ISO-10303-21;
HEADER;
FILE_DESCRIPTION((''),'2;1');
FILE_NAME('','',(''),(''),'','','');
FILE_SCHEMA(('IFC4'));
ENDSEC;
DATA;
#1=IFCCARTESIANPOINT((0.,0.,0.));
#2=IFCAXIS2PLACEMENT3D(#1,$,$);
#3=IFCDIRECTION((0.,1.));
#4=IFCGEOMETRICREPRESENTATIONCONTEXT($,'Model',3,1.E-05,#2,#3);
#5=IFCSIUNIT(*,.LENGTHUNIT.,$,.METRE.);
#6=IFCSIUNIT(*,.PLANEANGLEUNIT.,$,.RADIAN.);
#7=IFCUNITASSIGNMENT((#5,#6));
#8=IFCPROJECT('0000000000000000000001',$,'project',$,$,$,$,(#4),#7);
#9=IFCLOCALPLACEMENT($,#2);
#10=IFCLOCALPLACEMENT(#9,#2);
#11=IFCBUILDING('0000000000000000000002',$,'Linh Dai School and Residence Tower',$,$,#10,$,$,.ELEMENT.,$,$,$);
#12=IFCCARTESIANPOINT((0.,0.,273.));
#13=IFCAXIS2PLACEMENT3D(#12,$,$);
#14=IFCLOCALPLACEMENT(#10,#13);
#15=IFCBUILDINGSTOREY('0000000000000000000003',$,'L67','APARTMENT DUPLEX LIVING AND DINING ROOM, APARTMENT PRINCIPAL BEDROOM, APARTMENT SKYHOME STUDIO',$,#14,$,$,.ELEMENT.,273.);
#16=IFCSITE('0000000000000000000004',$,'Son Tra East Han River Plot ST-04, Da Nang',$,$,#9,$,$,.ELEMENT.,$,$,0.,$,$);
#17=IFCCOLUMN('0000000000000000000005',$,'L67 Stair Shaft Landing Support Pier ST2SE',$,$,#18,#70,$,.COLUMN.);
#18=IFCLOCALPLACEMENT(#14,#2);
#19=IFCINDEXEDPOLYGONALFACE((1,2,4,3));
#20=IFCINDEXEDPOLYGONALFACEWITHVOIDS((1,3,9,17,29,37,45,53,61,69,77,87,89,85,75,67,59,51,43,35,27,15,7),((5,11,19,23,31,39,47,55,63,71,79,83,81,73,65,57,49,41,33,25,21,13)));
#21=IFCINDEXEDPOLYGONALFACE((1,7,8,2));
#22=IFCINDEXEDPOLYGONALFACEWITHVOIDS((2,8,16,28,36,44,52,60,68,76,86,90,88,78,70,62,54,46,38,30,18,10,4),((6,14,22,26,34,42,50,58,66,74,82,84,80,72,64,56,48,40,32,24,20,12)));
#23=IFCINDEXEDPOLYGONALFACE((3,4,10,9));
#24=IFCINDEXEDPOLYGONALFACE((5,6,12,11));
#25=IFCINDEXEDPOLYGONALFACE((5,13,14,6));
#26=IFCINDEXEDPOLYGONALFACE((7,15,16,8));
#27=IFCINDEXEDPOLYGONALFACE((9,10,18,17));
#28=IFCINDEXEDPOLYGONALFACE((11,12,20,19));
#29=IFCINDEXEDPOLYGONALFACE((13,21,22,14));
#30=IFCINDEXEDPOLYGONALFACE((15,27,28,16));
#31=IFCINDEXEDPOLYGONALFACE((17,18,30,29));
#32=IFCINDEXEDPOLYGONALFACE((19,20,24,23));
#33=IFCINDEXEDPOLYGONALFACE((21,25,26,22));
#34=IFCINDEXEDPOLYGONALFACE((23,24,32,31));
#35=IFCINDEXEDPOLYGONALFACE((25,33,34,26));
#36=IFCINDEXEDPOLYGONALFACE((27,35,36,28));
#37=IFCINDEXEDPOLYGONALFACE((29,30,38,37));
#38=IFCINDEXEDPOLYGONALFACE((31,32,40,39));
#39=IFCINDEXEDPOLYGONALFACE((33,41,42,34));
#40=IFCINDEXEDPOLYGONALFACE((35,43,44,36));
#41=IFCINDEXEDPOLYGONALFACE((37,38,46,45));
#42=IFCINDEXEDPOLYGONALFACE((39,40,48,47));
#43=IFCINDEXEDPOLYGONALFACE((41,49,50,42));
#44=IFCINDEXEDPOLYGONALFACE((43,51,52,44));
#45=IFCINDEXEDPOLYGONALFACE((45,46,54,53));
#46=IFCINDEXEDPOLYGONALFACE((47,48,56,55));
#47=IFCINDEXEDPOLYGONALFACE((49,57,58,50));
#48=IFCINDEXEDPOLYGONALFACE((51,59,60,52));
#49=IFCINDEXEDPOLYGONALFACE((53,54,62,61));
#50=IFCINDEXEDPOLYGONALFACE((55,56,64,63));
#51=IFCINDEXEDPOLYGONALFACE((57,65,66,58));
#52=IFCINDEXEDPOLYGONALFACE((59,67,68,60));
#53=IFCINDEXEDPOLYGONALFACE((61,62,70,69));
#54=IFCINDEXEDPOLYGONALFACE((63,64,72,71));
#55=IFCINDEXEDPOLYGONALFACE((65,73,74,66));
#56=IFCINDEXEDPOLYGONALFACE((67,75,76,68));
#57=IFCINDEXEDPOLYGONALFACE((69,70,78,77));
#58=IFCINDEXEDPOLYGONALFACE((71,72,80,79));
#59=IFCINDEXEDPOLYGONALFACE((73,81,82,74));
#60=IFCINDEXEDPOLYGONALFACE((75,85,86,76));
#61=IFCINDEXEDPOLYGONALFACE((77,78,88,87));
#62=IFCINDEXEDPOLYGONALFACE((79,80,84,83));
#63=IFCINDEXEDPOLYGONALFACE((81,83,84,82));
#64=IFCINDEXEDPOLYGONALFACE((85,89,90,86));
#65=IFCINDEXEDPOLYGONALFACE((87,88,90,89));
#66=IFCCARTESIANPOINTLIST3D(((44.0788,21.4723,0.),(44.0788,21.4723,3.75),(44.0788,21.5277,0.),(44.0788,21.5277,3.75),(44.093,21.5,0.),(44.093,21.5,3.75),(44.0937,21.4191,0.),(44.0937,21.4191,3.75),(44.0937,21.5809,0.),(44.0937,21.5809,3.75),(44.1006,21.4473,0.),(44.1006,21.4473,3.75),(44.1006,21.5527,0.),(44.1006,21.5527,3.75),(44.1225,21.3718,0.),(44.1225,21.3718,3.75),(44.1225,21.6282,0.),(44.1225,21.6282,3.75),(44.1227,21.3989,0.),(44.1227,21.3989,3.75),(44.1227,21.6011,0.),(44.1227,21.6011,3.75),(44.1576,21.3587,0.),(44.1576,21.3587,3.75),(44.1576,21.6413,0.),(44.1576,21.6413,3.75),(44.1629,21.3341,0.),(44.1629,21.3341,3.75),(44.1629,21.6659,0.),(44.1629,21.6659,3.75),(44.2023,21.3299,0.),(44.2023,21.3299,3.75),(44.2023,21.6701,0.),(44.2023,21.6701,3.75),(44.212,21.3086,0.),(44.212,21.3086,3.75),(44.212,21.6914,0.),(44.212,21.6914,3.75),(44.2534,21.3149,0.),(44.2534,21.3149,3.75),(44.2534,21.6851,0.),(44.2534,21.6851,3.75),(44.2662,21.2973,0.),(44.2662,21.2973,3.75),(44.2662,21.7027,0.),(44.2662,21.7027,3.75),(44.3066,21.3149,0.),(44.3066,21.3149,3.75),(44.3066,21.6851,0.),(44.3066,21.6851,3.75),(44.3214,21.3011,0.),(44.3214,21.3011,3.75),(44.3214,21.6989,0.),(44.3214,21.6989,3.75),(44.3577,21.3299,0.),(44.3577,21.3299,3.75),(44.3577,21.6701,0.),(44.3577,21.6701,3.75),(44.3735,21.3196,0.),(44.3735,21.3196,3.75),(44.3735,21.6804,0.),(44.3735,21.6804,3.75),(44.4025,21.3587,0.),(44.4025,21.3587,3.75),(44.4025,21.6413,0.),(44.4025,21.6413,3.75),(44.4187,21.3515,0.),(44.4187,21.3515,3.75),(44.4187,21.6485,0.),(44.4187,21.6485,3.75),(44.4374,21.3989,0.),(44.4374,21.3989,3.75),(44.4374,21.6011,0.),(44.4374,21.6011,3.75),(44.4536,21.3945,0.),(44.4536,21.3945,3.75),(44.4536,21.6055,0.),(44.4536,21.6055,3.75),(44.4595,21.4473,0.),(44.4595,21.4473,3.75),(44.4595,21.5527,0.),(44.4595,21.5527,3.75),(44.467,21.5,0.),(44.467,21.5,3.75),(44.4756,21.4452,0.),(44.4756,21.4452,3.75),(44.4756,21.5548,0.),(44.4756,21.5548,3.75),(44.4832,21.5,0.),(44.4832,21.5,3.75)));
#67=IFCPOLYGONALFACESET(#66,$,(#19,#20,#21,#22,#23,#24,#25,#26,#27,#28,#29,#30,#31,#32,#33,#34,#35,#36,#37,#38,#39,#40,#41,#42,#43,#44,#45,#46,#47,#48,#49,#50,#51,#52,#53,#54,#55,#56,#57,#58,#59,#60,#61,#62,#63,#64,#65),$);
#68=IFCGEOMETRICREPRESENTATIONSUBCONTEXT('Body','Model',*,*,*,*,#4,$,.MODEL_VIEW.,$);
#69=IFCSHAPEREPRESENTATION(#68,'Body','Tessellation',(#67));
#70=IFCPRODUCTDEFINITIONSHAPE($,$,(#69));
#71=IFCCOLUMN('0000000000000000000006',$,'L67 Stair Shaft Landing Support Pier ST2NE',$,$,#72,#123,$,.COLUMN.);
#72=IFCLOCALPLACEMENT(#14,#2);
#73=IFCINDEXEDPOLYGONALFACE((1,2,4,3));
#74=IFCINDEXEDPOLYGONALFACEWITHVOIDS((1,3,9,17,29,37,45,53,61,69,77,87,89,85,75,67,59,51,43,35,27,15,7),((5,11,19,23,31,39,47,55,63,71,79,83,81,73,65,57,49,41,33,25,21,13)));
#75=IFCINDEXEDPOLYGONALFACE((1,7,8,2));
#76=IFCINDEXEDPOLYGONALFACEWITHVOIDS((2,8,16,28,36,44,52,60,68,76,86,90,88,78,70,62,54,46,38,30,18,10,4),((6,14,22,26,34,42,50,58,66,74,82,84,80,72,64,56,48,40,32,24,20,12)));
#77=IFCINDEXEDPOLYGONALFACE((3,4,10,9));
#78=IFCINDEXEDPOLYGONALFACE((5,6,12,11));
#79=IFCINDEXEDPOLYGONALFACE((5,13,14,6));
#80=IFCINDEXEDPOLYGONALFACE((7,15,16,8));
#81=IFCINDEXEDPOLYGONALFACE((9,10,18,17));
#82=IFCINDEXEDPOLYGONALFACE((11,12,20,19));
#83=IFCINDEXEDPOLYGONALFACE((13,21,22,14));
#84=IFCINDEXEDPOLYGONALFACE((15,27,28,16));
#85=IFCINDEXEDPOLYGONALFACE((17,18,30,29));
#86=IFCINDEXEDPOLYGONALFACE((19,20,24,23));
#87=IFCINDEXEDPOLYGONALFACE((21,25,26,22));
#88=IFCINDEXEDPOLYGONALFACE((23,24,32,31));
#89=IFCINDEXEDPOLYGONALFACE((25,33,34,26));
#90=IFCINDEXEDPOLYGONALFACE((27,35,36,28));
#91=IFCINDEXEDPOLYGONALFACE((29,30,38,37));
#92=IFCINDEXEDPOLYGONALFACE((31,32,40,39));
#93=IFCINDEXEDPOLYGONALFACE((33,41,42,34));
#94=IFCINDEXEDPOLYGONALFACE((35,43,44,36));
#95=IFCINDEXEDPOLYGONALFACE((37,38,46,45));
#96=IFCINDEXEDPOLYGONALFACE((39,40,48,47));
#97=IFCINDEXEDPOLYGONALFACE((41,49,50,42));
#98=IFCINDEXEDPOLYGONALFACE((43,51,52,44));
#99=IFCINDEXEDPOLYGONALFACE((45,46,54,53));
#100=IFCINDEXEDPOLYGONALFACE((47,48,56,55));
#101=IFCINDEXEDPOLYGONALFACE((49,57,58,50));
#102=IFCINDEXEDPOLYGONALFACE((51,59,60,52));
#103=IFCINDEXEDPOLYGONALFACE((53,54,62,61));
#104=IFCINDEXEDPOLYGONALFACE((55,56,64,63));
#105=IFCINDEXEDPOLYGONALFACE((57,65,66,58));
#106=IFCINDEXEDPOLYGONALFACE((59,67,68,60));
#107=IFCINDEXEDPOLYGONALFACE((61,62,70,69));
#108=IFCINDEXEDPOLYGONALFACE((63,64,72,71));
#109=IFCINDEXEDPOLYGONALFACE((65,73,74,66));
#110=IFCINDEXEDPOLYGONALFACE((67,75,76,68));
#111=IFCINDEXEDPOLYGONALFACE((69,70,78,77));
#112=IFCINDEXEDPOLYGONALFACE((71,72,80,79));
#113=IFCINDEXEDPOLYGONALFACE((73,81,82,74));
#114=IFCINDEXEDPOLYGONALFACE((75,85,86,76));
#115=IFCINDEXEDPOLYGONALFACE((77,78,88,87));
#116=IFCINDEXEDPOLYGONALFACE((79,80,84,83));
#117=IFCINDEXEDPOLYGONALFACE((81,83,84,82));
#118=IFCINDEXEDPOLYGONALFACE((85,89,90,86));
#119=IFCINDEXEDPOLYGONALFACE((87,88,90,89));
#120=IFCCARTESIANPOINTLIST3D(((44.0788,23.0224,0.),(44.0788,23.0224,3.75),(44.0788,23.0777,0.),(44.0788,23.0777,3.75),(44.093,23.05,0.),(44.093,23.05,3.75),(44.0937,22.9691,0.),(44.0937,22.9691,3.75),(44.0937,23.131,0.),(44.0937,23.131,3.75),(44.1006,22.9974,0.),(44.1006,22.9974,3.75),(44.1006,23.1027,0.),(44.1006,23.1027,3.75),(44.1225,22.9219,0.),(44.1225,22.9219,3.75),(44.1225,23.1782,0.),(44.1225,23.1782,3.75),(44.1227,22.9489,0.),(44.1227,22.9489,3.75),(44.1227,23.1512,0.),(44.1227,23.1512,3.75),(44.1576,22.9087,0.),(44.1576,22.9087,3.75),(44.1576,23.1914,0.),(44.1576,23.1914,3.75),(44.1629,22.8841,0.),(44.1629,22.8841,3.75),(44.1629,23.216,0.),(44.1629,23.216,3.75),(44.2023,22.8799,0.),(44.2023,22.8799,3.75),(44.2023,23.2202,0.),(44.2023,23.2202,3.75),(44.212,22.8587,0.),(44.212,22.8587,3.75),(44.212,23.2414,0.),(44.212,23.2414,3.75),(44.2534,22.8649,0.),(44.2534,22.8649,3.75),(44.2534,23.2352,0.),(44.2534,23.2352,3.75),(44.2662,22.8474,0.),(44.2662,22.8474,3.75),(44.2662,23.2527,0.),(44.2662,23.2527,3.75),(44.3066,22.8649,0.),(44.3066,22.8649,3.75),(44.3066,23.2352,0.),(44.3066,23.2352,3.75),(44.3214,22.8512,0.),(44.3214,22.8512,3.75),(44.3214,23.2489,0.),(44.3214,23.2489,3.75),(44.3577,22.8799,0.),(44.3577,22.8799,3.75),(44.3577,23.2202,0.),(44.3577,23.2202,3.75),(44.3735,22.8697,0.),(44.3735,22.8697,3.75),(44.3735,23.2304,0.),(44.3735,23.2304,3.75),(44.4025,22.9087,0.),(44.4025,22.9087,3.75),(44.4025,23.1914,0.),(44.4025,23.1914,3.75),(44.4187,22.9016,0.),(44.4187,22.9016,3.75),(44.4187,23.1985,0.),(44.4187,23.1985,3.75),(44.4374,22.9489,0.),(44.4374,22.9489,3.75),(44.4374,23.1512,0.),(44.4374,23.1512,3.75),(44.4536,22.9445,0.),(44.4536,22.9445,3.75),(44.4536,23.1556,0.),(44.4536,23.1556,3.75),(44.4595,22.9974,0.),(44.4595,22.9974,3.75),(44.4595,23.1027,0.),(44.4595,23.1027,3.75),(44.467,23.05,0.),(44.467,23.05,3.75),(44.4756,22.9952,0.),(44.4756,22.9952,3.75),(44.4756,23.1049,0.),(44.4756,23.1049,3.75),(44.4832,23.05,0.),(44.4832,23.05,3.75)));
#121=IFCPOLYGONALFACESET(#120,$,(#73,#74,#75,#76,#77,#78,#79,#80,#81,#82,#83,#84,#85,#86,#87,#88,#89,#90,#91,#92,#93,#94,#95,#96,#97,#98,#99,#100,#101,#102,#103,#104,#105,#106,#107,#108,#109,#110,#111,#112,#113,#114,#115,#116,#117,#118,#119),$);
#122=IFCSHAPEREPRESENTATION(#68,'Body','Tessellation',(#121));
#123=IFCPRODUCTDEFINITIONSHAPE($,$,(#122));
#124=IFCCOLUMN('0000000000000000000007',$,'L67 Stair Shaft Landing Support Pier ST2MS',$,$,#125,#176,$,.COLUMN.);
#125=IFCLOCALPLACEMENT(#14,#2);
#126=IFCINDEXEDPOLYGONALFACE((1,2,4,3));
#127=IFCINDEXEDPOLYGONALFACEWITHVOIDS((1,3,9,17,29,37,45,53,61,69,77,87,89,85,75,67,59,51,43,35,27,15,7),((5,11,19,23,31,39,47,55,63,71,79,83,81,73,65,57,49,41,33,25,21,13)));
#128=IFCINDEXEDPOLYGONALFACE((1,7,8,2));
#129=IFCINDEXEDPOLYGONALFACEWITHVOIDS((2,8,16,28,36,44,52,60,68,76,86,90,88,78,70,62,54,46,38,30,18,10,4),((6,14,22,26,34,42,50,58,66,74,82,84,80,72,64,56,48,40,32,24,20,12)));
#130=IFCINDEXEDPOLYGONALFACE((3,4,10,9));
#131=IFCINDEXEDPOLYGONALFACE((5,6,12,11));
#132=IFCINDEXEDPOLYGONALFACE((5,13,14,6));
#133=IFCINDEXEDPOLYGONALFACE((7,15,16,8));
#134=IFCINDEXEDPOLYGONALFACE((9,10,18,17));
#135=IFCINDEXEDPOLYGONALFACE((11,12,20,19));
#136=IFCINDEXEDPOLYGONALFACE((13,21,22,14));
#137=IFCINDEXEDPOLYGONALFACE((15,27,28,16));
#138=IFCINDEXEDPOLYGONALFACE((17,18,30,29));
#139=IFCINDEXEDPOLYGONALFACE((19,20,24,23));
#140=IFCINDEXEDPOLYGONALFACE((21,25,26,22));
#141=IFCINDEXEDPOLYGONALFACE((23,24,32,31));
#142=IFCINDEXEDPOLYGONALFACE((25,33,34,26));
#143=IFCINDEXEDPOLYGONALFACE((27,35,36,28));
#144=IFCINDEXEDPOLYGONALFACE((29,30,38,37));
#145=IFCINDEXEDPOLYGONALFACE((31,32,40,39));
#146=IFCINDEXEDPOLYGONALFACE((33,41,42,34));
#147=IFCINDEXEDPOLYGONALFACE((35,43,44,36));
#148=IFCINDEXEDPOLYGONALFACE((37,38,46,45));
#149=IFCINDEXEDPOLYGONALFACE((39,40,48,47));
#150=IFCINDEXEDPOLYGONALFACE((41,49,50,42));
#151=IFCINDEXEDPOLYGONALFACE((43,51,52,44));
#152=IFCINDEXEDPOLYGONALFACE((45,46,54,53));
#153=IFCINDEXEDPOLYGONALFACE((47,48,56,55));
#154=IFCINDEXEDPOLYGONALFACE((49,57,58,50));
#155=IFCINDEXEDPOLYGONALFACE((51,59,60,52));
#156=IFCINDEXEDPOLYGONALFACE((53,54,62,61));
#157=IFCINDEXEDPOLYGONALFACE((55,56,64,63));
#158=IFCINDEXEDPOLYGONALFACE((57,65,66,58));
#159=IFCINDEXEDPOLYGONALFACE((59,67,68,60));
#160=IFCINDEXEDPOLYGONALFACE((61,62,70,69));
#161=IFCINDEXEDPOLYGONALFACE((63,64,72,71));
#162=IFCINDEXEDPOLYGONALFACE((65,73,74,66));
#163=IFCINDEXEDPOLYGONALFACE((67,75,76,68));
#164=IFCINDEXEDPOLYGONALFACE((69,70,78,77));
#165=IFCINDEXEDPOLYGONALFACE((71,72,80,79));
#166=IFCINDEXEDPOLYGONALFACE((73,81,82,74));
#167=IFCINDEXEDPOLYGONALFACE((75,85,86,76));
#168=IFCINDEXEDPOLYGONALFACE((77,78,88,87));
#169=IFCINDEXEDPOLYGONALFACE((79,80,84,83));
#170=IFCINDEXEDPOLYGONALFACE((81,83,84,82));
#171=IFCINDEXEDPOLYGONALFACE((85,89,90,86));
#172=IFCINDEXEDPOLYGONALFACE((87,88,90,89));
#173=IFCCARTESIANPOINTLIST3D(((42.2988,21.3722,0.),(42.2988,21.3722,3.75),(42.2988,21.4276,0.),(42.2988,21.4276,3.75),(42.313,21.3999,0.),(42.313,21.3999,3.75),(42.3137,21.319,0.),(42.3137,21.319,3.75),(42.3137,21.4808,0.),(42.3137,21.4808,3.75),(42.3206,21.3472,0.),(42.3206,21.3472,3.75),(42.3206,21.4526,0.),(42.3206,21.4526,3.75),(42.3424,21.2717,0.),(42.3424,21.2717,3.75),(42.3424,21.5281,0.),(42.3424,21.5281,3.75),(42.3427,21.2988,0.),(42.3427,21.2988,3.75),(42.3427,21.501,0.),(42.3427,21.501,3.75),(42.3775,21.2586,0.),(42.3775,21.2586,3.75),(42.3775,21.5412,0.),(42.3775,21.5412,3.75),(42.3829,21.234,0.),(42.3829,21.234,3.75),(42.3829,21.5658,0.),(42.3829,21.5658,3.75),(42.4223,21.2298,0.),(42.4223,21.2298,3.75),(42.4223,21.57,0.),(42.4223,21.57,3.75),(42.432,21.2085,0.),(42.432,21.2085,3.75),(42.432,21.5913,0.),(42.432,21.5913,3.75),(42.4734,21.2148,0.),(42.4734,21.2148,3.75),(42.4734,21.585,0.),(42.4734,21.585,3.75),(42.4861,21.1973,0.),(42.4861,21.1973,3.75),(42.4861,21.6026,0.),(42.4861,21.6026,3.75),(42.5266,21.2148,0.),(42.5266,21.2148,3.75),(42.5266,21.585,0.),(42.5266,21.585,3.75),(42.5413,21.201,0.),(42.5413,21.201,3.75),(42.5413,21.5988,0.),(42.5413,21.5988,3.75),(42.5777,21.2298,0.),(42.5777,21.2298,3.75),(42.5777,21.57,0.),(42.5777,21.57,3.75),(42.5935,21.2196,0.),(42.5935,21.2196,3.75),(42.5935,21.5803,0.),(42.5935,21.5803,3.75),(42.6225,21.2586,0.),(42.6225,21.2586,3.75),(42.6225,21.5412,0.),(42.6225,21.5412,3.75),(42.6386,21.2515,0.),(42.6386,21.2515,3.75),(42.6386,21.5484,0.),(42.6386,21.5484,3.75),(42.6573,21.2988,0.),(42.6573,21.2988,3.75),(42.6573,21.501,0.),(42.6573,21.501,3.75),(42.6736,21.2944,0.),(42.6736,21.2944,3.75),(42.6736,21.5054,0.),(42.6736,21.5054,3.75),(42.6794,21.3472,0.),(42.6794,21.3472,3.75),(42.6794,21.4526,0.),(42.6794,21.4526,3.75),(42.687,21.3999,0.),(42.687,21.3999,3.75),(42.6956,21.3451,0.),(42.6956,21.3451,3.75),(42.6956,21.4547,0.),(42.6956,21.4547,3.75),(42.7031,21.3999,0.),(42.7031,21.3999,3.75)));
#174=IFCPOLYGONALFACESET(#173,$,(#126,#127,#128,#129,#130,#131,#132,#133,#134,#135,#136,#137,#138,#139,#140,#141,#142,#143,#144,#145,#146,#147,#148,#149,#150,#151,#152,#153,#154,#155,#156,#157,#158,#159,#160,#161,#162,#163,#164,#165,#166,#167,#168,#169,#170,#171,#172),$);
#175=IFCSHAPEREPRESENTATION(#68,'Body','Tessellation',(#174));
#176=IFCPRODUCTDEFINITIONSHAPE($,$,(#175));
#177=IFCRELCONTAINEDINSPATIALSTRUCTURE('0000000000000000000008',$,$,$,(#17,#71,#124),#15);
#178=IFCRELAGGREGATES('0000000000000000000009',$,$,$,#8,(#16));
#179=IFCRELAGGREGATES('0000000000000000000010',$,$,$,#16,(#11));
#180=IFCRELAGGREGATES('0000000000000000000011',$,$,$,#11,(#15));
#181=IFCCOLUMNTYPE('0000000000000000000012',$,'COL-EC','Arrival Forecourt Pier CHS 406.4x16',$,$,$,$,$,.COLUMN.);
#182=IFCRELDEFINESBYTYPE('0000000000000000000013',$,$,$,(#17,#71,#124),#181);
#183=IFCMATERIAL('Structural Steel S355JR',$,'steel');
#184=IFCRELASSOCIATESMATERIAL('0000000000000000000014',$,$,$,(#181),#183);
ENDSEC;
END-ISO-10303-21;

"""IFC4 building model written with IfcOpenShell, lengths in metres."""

from ifc_helpers import new_model, si_unit, direction, frame, origin, origin_2d, place, context, subcontext, project, spatial, hollow_circle, extrude, material, material_profile, profile_set, type_object, element, save


model = new_model("IFC4")

# Units and contexts
model_context = context("Model", 3, precision=1e-05, world=origin(), true_north=direction((0.0, 1.0)))
body_context = subcontext(model_context, "Body", "Model", "MODEL_VIEW")
ifc_project = project(units=[si_unit("LENGTHUNIT", "METRE"), si_unit("PLANEANGLEUNIT", "RADIAN")], contexts=[model_context])

# Site, building, storey
site_placement = place(None, origin())
site = spatial("IfcSite", under=ifc_project, at=site_placement, Name="Son Tra East Han River Plot ST-04, Da Nang", CompositionType="ELEMENT", RefElevation=0.0)
building_placement = place(site_placement, origin())
building = spatial("IfcBuilding", under=site, at=building_placement, Name="Linh Dai School and Residence Tower", CompositionType="ELEMENT")
storey_placement = place(building_placement, frame((0.0, 0.0, 273.0)))
storey = spatial("IfcBuildingStorey", under=building, at=storey_placement, Name="L67", Description="APARTMENT DUPLEX LIVING AND DINING ROOM, APARTMENT PRINCIPAL BEDROOM, APARTMENT SKYHOME STUDIO", CompositionType="ELEMENT", Elevation=273.0)

# Columns
ifc_material_1 = material(Name="Structural Steel S355JR", Category="steel")
ifc_material_profile_1 = material_profile(ifc_material_1, hollow_circle(Radius=0.2031, WallThickness=0.0161, at=origin_2d()), Name="CHS 406.4x16")
ifc_profile_set_1 = profile_set([ifc_material_profile_1], Name="Structural Steel S355JR")
column_type_1 = type_object("IfcColumnType", Name="COL-EC", Description="Arrival Forecourt Pier CHS 406.4x16", PredefinedType="COLUMN", material=ifc_profile_set_1)
for number, where, z_axis, x_axis, name in (
    (1, (44.28, 21.5, 0.0), (0.0, 0.0, 1.0), (1.0, 0.0, 0.0), "L67 Stair Shaft Landing Support Pier ST2SE"),
    (2, (44.28, 23.05, 0.0), (0.0, 0.0, 1.0), (1.0, 0.0, 0.0), "L67 Stair Shaft Landing Support Pier ST2NE"),
    (3, (42.5, 21.3999, 0.0), (0.0, 0.0, 1.0), (1.0, 0.0, 0.0), "L67 Stair Shaft Landing Support Pier ST2MS"),
):
    element("IfcColumn", number, at=place(storey_placement, frame(where, z_axis=z_axis, x_axis=x_axis)), inside=storey, type_object=column_type_1, Name=name, PredefinedType="COLUMN", context=body_context, shape_type="SweptSolid", body=[
        extrude(hollow_circle(Radius=0.2031, WallThickness=0.0161, at=origin_2d()), origin(), (0.0, 0.0, 1.0), 3.75),
    ])

save(model, "model.ifc")
